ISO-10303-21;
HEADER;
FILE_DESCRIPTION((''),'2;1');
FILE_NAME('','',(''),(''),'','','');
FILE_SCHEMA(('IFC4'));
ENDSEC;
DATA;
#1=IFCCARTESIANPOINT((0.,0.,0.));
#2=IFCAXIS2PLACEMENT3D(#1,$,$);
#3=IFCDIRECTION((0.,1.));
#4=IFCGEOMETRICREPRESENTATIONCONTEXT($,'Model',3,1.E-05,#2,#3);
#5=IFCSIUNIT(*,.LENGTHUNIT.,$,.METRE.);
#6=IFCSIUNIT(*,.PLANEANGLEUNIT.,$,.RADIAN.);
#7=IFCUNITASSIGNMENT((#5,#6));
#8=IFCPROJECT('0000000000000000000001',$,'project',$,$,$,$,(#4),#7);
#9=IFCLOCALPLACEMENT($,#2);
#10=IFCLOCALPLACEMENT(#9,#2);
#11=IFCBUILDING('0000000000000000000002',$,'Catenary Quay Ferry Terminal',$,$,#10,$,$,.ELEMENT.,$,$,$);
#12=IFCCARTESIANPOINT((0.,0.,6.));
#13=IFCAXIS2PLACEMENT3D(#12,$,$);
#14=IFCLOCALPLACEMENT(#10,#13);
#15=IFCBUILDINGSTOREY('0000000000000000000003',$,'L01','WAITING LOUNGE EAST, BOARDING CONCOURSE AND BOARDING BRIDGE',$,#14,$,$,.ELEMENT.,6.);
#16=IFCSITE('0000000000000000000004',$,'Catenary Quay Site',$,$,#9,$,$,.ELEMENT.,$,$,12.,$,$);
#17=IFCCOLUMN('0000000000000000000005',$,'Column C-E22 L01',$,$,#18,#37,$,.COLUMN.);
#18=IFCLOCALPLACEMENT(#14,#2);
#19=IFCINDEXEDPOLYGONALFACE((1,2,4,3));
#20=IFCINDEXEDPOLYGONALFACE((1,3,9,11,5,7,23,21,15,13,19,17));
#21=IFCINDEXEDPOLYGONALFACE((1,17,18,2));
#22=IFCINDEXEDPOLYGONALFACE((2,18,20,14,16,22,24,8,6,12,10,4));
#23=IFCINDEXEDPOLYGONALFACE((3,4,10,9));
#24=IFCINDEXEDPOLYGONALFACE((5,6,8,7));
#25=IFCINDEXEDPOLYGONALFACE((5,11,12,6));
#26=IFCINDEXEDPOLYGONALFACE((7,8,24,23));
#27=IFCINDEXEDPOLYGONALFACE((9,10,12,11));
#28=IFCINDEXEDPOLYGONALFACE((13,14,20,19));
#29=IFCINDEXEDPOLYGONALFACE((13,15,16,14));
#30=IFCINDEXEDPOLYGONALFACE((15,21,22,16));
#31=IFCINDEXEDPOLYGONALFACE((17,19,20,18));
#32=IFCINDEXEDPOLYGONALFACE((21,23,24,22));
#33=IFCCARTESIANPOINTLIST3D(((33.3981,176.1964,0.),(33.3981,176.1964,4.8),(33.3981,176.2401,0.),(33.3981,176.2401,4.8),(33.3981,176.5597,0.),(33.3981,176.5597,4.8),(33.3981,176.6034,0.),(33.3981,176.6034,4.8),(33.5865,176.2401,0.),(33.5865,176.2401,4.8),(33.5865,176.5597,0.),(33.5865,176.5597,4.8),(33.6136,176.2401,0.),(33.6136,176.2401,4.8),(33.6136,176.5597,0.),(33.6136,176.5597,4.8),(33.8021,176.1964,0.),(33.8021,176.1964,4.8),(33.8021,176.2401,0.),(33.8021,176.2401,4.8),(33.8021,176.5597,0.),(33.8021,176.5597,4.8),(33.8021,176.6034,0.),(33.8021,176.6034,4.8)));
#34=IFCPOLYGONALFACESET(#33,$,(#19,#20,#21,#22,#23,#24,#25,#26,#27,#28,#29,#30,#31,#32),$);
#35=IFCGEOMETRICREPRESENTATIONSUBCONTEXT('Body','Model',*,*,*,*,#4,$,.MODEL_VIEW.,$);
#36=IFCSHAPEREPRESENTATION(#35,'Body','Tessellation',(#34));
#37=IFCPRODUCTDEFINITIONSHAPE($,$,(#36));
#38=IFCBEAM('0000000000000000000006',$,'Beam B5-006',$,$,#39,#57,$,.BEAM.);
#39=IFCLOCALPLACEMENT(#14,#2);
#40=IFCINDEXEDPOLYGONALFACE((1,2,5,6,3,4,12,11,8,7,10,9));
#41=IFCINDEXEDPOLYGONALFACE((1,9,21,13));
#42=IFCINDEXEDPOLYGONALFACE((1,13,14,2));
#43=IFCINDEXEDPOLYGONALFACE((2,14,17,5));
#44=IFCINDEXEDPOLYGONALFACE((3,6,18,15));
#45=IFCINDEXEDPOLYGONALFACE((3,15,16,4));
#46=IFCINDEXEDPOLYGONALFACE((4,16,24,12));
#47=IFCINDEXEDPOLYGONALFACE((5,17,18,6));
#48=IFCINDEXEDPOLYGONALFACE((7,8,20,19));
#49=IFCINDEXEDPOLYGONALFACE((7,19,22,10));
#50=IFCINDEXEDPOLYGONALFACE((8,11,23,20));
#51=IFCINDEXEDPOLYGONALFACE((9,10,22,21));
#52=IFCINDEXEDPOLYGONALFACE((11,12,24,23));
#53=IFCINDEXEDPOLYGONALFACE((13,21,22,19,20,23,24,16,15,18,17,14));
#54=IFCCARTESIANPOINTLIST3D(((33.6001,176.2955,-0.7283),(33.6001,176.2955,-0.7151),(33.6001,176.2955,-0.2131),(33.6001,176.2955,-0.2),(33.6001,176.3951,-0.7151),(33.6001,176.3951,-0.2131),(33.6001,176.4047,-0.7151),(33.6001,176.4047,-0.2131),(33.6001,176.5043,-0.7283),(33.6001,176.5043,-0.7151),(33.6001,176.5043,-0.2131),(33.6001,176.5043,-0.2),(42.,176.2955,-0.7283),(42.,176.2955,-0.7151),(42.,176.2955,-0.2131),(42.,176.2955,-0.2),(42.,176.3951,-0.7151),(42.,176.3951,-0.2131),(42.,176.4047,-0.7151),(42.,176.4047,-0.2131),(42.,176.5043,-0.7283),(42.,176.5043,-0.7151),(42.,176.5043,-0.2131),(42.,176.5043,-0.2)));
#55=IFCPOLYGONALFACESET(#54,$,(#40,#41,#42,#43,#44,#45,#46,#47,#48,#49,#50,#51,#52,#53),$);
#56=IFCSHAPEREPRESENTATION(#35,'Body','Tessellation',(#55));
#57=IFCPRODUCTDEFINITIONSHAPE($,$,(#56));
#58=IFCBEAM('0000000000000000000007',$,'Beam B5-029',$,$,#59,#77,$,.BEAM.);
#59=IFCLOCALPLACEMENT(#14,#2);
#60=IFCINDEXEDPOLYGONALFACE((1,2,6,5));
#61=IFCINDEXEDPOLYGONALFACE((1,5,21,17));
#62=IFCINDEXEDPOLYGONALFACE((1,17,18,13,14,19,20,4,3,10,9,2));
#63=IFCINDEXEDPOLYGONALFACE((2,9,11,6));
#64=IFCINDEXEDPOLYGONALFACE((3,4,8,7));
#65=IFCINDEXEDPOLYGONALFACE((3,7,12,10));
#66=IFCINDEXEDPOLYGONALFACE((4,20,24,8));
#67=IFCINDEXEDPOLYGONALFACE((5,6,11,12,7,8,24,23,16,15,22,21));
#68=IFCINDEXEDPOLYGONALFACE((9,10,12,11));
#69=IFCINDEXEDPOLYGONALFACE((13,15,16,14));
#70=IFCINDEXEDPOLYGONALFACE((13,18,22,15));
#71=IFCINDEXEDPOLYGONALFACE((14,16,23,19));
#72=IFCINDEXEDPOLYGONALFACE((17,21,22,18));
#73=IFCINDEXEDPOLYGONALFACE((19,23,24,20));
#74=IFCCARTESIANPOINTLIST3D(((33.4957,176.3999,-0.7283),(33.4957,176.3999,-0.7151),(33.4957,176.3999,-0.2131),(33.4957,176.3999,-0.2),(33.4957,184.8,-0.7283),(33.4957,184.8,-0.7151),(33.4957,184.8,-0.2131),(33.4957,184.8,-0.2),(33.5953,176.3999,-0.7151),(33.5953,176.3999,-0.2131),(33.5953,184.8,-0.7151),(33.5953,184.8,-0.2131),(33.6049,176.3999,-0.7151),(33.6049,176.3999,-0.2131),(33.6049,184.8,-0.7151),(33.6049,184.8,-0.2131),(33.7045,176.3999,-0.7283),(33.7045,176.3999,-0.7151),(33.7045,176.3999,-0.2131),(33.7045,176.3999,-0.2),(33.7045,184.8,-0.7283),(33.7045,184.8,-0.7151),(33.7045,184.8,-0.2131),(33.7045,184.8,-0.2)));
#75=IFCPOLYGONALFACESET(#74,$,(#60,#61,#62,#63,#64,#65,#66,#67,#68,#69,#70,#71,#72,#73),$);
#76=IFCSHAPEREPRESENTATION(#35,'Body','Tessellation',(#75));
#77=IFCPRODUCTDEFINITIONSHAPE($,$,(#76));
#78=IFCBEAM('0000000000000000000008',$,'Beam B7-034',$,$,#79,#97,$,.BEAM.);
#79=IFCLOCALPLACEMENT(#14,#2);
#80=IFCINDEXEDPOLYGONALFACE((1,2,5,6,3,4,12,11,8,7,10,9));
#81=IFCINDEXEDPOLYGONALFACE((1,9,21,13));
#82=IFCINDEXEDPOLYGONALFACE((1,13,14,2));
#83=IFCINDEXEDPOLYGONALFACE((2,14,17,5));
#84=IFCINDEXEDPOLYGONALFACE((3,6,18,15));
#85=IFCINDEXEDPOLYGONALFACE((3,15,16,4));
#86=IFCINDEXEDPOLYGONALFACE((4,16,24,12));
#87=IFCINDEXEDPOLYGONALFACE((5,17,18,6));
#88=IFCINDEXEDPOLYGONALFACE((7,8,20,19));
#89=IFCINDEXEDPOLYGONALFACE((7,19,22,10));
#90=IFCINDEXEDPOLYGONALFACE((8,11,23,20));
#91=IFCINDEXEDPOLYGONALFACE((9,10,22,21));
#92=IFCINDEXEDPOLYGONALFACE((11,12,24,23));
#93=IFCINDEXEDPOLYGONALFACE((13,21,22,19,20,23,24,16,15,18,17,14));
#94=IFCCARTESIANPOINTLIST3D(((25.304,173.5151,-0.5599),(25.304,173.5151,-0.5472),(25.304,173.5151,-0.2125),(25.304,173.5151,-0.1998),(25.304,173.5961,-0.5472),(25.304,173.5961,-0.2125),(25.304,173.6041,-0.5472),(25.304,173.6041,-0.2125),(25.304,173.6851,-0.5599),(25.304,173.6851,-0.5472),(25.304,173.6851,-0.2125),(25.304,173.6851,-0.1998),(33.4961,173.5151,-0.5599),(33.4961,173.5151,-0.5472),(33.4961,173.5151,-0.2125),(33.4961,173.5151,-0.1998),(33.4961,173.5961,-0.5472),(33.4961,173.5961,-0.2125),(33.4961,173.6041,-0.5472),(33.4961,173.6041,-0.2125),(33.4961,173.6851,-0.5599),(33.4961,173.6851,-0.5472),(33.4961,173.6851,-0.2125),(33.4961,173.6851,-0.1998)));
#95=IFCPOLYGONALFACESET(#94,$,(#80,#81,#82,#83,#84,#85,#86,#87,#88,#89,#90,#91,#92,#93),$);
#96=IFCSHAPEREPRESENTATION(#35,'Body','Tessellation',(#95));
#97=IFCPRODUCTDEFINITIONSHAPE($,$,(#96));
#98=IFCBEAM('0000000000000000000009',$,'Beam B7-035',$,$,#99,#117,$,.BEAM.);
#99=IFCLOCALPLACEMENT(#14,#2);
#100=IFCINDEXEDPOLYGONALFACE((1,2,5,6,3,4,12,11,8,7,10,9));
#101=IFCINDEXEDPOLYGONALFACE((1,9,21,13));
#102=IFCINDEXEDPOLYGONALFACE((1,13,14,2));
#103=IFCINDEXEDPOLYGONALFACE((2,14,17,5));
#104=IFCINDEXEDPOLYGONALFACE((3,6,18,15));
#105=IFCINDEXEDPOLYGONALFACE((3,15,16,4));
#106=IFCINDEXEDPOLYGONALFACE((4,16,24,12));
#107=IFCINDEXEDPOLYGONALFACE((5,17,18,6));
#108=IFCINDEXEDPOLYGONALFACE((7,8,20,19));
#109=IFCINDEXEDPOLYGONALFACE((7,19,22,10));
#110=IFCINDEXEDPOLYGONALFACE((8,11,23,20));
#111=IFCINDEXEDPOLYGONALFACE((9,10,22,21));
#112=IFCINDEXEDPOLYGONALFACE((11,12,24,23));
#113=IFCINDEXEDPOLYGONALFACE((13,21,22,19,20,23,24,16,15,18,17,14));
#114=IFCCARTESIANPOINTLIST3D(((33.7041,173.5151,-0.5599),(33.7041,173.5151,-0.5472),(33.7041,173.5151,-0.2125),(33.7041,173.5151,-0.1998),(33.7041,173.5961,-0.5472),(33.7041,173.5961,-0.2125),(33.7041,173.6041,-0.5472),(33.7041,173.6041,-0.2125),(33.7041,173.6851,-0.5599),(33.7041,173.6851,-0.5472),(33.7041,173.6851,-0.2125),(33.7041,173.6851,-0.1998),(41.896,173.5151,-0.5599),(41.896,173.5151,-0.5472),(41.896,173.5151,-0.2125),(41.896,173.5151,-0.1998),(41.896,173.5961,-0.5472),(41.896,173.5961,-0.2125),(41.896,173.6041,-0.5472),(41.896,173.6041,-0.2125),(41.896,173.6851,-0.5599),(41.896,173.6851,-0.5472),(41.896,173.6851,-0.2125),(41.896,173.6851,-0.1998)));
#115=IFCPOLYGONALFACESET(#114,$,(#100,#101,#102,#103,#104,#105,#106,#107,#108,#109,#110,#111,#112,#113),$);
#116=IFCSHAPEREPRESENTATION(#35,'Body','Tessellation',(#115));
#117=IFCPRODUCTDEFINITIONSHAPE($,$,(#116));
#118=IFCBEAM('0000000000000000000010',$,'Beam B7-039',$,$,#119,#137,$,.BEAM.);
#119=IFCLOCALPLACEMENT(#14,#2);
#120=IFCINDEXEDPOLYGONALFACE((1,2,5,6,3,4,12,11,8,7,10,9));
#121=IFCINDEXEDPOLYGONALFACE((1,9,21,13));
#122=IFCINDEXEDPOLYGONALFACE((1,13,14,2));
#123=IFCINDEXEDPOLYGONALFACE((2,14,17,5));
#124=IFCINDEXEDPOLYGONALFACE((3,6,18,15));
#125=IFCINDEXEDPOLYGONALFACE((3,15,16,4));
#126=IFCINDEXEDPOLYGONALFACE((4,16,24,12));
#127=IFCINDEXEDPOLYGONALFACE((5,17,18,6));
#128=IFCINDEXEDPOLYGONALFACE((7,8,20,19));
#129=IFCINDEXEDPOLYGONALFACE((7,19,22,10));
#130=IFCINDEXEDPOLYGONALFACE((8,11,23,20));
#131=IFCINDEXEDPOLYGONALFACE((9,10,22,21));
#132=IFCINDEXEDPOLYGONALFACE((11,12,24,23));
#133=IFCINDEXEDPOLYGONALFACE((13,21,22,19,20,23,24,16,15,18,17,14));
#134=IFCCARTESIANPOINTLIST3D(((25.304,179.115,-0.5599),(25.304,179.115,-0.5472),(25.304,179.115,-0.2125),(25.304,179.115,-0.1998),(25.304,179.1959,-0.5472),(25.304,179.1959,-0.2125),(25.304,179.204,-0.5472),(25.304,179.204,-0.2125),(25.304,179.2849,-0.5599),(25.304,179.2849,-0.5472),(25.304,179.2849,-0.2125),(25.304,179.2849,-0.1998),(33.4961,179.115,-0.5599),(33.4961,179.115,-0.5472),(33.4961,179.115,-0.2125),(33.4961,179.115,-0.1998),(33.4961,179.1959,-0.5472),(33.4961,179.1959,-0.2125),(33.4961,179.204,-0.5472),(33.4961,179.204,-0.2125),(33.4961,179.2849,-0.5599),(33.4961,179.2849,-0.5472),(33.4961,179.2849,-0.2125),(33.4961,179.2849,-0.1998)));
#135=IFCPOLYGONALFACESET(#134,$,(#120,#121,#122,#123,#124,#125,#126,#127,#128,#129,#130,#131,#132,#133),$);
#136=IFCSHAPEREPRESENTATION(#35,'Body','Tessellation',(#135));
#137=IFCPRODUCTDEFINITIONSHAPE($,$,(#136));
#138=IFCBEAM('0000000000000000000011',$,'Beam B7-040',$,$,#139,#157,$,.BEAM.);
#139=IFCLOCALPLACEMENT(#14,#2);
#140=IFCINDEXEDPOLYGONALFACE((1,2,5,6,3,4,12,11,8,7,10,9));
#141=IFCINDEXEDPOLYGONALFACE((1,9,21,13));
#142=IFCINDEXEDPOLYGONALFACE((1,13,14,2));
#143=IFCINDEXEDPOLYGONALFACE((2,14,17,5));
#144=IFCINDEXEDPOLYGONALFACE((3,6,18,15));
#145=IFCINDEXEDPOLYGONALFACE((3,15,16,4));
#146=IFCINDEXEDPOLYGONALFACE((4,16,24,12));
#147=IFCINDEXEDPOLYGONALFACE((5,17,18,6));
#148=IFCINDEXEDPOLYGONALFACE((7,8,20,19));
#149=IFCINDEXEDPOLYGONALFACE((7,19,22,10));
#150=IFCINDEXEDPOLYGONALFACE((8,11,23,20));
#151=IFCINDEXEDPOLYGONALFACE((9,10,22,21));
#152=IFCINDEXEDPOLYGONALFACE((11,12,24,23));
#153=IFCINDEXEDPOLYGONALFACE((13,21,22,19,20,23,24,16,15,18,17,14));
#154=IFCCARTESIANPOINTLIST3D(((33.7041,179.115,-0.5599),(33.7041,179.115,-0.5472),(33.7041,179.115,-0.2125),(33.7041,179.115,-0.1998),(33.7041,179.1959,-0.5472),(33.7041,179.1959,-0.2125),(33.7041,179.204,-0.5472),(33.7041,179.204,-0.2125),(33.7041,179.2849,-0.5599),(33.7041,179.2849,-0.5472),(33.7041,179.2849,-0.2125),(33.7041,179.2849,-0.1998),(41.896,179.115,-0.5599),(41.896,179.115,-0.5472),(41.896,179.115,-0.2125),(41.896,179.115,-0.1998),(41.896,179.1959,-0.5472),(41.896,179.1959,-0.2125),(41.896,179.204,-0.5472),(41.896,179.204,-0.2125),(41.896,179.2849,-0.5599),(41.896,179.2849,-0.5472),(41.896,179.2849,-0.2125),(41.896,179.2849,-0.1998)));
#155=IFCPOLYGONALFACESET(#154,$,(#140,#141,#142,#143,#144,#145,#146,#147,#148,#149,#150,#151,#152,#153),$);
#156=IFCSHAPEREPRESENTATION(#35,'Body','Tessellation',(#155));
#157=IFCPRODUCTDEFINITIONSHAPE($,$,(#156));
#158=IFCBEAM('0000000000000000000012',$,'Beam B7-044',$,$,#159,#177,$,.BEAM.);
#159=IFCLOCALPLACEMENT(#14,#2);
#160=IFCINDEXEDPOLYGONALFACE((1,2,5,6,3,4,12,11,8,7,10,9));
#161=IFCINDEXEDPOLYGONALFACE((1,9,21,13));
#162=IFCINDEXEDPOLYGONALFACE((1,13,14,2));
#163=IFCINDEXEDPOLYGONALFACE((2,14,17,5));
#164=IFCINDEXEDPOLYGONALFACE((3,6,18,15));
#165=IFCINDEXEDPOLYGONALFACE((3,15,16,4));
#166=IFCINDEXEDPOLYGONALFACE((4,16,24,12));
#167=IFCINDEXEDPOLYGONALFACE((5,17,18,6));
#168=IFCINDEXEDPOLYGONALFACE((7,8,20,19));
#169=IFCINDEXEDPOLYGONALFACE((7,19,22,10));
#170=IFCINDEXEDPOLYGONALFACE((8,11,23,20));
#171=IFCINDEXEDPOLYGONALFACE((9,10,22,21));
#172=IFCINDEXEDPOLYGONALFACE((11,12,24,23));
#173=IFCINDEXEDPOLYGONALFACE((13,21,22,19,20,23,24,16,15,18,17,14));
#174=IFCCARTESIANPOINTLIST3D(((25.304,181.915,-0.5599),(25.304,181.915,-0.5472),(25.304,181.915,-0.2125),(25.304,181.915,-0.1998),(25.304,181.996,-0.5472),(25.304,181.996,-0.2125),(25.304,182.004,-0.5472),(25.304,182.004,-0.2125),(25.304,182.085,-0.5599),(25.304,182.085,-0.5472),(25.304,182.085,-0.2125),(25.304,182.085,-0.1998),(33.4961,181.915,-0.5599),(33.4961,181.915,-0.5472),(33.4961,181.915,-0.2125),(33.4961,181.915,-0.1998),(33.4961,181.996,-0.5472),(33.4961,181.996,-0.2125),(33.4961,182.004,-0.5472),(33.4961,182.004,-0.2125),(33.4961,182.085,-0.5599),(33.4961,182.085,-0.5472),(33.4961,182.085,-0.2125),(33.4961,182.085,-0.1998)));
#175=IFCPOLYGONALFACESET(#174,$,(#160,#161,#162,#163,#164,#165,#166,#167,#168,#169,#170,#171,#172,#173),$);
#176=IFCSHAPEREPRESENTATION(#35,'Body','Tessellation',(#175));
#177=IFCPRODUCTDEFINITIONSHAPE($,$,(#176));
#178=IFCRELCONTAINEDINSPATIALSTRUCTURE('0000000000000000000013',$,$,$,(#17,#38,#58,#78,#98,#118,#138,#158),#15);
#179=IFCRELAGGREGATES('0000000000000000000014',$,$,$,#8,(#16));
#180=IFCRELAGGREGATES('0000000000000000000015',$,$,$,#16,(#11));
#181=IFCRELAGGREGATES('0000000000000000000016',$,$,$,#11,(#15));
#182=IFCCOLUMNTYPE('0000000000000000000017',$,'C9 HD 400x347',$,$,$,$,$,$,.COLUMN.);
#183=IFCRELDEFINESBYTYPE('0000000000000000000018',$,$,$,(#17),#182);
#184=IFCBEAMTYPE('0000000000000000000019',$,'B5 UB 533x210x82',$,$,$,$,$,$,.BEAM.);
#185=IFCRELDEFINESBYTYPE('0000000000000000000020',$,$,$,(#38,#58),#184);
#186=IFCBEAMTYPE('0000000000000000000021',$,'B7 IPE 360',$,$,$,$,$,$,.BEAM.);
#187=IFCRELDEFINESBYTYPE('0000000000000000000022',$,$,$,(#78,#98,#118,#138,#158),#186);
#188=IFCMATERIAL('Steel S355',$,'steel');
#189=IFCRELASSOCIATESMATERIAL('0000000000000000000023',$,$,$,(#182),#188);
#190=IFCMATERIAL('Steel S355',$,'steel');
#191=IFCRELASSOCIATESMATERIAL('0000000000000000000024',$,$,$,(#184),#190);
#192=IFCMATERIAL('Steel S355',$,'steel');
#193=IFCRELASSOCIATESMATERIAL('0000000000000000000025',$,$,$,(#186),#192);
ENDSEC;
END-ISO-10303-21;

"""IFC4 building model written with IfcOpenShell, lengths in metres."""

from ifc_helpers import new_model, si_unit, direction, frame, origin, origin_2d, place, context, subcontext, project, spatial, i_section, extrude, material, material_profile, profile_set, type_object, element, save


model = new_model("IFC4")

# Units and contexts
model_context = context("Model", 3, precision=1e-05, world=origin(), true_north=direction((0.0, 1.0)))
body_context = subcontext(model_context, "Body", "Model", "MODEL_VIEW")
ifc_project = project(units=[si_unit("LENGTHUNIT", "METRE"), si_unit("PLANEANGLEUNIT", "RADIAN")], contexts=[model_context])

# Site, building, storey
site_placement = place(None, origin())
site = spatial("IfcSite", under=ifc_project, at=site_placement, Name="Catenary Quay Site", CompositionType="ELEMENT", RefElevation=12.0)
building_placement = place(site_placement, origin())
building = spatial("IfcBuilding", under=site, at=building_placement, Name="Catenary Quay Ferry Terminal", CompositionType="ELEMENT")
storey_placement = place(building_placement, frame((0.0, 0.0, 6.0)))
storey = spatial("IfcBuildingStorey", under=building, at=storey_placement, Name="L01", Description="WAITING LOUNGE EAST, BOARDING CONCOURSE AND BOARDING BRIDGE", CompositionType="ELEMENT", Elevation=6.0)

# Column
ifc_material_1 = material(Name="Steel S355", Category="steel")
ifc_material_profile_1 = material_profile(ifc_material_1, i_section(OverallWidth=0.4041, OverallDepth=0.407, WebThickness=0.0271, FlangeThickness=0.0437, at=origin_2d()), Name="HD 400x347")
ifc_profile_set_1 = profile_set([ifc_material_profile_1], Name="Steel S355")
column_type = type_object("IfcColumnType", Name="C9 HD 400x347", PredefinedType="COLUMN", material=ifc_profile_set_1)
column_placement = place(storey_placement, frame((33.6001, 176.3999, 0.0), z_axis=(0.0, 0.0, 1.0), x_axis=(1.0, 0.0, 0.0)))
element("IfcColumn", 1, at=column_placement, inside=storey, type_object=column_type, Name="Column C-E22 L01", PredefinedType="COLUMN", context=body_context, shape_type="SweptSolid", body=[
    extrude(i_section(OverallWidth=0.4041, OverallDepth=0.407, WebThickness=0.0271, FlangeThickness=0.0437, at=origin_2d()), origin(), (0.0, 0.0, 1.0), 4.8),
])

# Beams
ifc_material_2 = material(Name="Steel S355", Category="steel")
ifc_material_profile_2 = material_profile(ifc_material_2, i_section(OverallWidth=0.2087, OverallDepth=0.5283, WebThickness=0.0095, FlangeThickness=0.0132, at=origin_2d()), Name="UB 533x210x82")
ifc_profile_set_2 = profile_set([ifc_material_profile_2], Name="Steel S355")
beam_type_1 = type_object("IfcBeamType", Name="B5 UB 533x210x82", PredefinedType="BEAM", material=ifc_profile_set_2)
beam_1_placement = place(storey_placement, frame((33.6001, 176.3999, -0.4641), z_axis=(1.0, 0.0, 0.0), x_axis=(0.0, 1.0, 0.0)))
element("IfcBeam", 2, at=beam_1_placement, inside=storey, type_object=beam_type_1, Name="Beam B5-006", PredefinedType="BEAM", context=body_context, shape_type="SweptSolid", body=[
    extrude(i_section(OverallWidth=0.2087, OverallDepth=0.5283, WebThickness=0.0095, FlangeThickness=0.0132, at=origin_2d()), origin(), (0.0, 0.0, 1.0), 8.3999),
])
beam_2_placement = place(storey_placement, frame((33.6001, 176.3999, -0.4641), z_axis=(0.0, 1.0, 0.0), x_axis=(-1.0, 0.0, 0.0)))
element("IfcBeam", 3, at=beam_2_placement, inside=storey, type_object=beam_type_1, Name="Beam B5-029", PredefinedType="BEAM", context=body_context, shape_type="SweptSolid", body=[
    extrude(i_section(OverallWidth=0.2087, OverallDepth=0.5283, WebThickness=0.0095, FlangeThickness=0.0132, at=origin_2d()), origin(), (0.0, 0.0, 1.0), 8.4001),
])
ifc_material_3 = material(Name="Steel S355", Category="steel")
ifc_material_profile_3 = material_profile(ifc_material_3, i_section(OverallWidth=0.1699, OverallDepth=0.3601, WebThickness=0.0081, FlangeThickness=0.0127, at=origin_2d()), Name="IPE 360")
ifc_profile_set_3 = profile_set([ifc_material_profile_3], Name="Steel S355")
beam_type_2 = type_object("IfcBeamType", Name="B7 IPE 360", PredefinedType="BEAM", material=ifc_profile_set_3)
beam_3_placement = place(storey_placement, frame((25.304, 173.6001, -0.3799), z_axis=(1.0, 0.0, 0.0), x_axis=(0.0, 1.0, 0.0)))
element("IfcBeam", 4, at=beam_3_placement, inside=storey, type_object=beam_type_2, Name="Beam B7-034", PredefinedType="BEAM", context=body_context, shape_type="SweptSolid", body=[
    extrude(i_section(OverallWidth=0.1699, OverallDepth=0.3601, WebThickness=0.0081, FlangeThickness=0.0127, at=origin_2d()), origin(), (0.0, 0.0, 1.0), 8.1921),
])
beam_4_placement = place(storey_placement, frame((33.7041, 173.6001, -0.3799), z_axis=(1.0, 0.0, 0.0), x_axis=(0.0, 1.0, 0.0)))
element("IfcBeam", 5, at=beam_4_placement, inside=storey, type_object=beam_type_2, Name="Beam B7-035", PredefinedType="BEAM", context=body_context, shape_type="SweptSolid", body=[
    extrude(i_section(OverallWidth=0.1699, OverallDepth=0.3601, WebThickness=0.0081, FlangeThickness=0.0127, at=origin_2d()), origin(), (0.0, 0.0, 1.0), 8.1919),
])
beam_5_placement = place(storey_placement, frame((25.304, 179.2, -0.3799), z_axis=(1.0, 0.0, 0.0), x_axis=(0.0, 1.0, 0.0)))
element("IfcBeam", 6, at=beam_5_placement, inside=storey, type_object=beam_type_2, Name="Beam B7-039", PredefinedType="BEAM", context=body_context, shape_type="SweptSolid", body=[
    extrude(i_section(OverallWidth=0.1699, OverallDepth=0.3601, WebThickness=0.0081, FlangeThickness=0.0127, at=origin_2d()), origin(), (0.0, 0.0, 1.0), 8.1921),
])
beam_6_placement = place(storey_placement, frame((33.7041, 179.2, -0.3799), z_axis=(1.0, 0.0, 0.0), x_axis=(0.0, 1.0, 0.0)))
element("IfcBeam", 7, at=beam_6_placement, inside=storey, type_object=beam_type_2, Name="Beam B7-040", PredefinedType="BEAM", context=body_context, shape_type="SweptSolid", body=[
    extrude(i_section(OverallWidth=0.1699, OverallDepth=0.3601, WebThickness=0.0081, FlangeThickness=0.0127, at=origin_2d()), origin(), (0.0, 0.0, 1.0), 8.1919),
])
beam_7_placement = place(storey_placement, frame((25.304, 182.0, -0.3799), z_axis=(1.0, 0.0, 0.0), x_axis=(0.0, 1.0, 0.0)))
element("IfcBeam", 8, at=beam_7_placement, inside=storey, type_object=beam_type_2, Name="Beam B7-044", PredefinedType="BEAM", context=body_context, shape_type="SweptSolid", body=[
    extrude(i_section(OverallWidth=0.1699, OverallDepth=0.3601, WebThickness=0.0081, FlangeThickness=0.0127, at=origin_2d()), origin(), (0.0, 0.0, 1.0), 8.1921),
])

save(model, "model.ifc")
